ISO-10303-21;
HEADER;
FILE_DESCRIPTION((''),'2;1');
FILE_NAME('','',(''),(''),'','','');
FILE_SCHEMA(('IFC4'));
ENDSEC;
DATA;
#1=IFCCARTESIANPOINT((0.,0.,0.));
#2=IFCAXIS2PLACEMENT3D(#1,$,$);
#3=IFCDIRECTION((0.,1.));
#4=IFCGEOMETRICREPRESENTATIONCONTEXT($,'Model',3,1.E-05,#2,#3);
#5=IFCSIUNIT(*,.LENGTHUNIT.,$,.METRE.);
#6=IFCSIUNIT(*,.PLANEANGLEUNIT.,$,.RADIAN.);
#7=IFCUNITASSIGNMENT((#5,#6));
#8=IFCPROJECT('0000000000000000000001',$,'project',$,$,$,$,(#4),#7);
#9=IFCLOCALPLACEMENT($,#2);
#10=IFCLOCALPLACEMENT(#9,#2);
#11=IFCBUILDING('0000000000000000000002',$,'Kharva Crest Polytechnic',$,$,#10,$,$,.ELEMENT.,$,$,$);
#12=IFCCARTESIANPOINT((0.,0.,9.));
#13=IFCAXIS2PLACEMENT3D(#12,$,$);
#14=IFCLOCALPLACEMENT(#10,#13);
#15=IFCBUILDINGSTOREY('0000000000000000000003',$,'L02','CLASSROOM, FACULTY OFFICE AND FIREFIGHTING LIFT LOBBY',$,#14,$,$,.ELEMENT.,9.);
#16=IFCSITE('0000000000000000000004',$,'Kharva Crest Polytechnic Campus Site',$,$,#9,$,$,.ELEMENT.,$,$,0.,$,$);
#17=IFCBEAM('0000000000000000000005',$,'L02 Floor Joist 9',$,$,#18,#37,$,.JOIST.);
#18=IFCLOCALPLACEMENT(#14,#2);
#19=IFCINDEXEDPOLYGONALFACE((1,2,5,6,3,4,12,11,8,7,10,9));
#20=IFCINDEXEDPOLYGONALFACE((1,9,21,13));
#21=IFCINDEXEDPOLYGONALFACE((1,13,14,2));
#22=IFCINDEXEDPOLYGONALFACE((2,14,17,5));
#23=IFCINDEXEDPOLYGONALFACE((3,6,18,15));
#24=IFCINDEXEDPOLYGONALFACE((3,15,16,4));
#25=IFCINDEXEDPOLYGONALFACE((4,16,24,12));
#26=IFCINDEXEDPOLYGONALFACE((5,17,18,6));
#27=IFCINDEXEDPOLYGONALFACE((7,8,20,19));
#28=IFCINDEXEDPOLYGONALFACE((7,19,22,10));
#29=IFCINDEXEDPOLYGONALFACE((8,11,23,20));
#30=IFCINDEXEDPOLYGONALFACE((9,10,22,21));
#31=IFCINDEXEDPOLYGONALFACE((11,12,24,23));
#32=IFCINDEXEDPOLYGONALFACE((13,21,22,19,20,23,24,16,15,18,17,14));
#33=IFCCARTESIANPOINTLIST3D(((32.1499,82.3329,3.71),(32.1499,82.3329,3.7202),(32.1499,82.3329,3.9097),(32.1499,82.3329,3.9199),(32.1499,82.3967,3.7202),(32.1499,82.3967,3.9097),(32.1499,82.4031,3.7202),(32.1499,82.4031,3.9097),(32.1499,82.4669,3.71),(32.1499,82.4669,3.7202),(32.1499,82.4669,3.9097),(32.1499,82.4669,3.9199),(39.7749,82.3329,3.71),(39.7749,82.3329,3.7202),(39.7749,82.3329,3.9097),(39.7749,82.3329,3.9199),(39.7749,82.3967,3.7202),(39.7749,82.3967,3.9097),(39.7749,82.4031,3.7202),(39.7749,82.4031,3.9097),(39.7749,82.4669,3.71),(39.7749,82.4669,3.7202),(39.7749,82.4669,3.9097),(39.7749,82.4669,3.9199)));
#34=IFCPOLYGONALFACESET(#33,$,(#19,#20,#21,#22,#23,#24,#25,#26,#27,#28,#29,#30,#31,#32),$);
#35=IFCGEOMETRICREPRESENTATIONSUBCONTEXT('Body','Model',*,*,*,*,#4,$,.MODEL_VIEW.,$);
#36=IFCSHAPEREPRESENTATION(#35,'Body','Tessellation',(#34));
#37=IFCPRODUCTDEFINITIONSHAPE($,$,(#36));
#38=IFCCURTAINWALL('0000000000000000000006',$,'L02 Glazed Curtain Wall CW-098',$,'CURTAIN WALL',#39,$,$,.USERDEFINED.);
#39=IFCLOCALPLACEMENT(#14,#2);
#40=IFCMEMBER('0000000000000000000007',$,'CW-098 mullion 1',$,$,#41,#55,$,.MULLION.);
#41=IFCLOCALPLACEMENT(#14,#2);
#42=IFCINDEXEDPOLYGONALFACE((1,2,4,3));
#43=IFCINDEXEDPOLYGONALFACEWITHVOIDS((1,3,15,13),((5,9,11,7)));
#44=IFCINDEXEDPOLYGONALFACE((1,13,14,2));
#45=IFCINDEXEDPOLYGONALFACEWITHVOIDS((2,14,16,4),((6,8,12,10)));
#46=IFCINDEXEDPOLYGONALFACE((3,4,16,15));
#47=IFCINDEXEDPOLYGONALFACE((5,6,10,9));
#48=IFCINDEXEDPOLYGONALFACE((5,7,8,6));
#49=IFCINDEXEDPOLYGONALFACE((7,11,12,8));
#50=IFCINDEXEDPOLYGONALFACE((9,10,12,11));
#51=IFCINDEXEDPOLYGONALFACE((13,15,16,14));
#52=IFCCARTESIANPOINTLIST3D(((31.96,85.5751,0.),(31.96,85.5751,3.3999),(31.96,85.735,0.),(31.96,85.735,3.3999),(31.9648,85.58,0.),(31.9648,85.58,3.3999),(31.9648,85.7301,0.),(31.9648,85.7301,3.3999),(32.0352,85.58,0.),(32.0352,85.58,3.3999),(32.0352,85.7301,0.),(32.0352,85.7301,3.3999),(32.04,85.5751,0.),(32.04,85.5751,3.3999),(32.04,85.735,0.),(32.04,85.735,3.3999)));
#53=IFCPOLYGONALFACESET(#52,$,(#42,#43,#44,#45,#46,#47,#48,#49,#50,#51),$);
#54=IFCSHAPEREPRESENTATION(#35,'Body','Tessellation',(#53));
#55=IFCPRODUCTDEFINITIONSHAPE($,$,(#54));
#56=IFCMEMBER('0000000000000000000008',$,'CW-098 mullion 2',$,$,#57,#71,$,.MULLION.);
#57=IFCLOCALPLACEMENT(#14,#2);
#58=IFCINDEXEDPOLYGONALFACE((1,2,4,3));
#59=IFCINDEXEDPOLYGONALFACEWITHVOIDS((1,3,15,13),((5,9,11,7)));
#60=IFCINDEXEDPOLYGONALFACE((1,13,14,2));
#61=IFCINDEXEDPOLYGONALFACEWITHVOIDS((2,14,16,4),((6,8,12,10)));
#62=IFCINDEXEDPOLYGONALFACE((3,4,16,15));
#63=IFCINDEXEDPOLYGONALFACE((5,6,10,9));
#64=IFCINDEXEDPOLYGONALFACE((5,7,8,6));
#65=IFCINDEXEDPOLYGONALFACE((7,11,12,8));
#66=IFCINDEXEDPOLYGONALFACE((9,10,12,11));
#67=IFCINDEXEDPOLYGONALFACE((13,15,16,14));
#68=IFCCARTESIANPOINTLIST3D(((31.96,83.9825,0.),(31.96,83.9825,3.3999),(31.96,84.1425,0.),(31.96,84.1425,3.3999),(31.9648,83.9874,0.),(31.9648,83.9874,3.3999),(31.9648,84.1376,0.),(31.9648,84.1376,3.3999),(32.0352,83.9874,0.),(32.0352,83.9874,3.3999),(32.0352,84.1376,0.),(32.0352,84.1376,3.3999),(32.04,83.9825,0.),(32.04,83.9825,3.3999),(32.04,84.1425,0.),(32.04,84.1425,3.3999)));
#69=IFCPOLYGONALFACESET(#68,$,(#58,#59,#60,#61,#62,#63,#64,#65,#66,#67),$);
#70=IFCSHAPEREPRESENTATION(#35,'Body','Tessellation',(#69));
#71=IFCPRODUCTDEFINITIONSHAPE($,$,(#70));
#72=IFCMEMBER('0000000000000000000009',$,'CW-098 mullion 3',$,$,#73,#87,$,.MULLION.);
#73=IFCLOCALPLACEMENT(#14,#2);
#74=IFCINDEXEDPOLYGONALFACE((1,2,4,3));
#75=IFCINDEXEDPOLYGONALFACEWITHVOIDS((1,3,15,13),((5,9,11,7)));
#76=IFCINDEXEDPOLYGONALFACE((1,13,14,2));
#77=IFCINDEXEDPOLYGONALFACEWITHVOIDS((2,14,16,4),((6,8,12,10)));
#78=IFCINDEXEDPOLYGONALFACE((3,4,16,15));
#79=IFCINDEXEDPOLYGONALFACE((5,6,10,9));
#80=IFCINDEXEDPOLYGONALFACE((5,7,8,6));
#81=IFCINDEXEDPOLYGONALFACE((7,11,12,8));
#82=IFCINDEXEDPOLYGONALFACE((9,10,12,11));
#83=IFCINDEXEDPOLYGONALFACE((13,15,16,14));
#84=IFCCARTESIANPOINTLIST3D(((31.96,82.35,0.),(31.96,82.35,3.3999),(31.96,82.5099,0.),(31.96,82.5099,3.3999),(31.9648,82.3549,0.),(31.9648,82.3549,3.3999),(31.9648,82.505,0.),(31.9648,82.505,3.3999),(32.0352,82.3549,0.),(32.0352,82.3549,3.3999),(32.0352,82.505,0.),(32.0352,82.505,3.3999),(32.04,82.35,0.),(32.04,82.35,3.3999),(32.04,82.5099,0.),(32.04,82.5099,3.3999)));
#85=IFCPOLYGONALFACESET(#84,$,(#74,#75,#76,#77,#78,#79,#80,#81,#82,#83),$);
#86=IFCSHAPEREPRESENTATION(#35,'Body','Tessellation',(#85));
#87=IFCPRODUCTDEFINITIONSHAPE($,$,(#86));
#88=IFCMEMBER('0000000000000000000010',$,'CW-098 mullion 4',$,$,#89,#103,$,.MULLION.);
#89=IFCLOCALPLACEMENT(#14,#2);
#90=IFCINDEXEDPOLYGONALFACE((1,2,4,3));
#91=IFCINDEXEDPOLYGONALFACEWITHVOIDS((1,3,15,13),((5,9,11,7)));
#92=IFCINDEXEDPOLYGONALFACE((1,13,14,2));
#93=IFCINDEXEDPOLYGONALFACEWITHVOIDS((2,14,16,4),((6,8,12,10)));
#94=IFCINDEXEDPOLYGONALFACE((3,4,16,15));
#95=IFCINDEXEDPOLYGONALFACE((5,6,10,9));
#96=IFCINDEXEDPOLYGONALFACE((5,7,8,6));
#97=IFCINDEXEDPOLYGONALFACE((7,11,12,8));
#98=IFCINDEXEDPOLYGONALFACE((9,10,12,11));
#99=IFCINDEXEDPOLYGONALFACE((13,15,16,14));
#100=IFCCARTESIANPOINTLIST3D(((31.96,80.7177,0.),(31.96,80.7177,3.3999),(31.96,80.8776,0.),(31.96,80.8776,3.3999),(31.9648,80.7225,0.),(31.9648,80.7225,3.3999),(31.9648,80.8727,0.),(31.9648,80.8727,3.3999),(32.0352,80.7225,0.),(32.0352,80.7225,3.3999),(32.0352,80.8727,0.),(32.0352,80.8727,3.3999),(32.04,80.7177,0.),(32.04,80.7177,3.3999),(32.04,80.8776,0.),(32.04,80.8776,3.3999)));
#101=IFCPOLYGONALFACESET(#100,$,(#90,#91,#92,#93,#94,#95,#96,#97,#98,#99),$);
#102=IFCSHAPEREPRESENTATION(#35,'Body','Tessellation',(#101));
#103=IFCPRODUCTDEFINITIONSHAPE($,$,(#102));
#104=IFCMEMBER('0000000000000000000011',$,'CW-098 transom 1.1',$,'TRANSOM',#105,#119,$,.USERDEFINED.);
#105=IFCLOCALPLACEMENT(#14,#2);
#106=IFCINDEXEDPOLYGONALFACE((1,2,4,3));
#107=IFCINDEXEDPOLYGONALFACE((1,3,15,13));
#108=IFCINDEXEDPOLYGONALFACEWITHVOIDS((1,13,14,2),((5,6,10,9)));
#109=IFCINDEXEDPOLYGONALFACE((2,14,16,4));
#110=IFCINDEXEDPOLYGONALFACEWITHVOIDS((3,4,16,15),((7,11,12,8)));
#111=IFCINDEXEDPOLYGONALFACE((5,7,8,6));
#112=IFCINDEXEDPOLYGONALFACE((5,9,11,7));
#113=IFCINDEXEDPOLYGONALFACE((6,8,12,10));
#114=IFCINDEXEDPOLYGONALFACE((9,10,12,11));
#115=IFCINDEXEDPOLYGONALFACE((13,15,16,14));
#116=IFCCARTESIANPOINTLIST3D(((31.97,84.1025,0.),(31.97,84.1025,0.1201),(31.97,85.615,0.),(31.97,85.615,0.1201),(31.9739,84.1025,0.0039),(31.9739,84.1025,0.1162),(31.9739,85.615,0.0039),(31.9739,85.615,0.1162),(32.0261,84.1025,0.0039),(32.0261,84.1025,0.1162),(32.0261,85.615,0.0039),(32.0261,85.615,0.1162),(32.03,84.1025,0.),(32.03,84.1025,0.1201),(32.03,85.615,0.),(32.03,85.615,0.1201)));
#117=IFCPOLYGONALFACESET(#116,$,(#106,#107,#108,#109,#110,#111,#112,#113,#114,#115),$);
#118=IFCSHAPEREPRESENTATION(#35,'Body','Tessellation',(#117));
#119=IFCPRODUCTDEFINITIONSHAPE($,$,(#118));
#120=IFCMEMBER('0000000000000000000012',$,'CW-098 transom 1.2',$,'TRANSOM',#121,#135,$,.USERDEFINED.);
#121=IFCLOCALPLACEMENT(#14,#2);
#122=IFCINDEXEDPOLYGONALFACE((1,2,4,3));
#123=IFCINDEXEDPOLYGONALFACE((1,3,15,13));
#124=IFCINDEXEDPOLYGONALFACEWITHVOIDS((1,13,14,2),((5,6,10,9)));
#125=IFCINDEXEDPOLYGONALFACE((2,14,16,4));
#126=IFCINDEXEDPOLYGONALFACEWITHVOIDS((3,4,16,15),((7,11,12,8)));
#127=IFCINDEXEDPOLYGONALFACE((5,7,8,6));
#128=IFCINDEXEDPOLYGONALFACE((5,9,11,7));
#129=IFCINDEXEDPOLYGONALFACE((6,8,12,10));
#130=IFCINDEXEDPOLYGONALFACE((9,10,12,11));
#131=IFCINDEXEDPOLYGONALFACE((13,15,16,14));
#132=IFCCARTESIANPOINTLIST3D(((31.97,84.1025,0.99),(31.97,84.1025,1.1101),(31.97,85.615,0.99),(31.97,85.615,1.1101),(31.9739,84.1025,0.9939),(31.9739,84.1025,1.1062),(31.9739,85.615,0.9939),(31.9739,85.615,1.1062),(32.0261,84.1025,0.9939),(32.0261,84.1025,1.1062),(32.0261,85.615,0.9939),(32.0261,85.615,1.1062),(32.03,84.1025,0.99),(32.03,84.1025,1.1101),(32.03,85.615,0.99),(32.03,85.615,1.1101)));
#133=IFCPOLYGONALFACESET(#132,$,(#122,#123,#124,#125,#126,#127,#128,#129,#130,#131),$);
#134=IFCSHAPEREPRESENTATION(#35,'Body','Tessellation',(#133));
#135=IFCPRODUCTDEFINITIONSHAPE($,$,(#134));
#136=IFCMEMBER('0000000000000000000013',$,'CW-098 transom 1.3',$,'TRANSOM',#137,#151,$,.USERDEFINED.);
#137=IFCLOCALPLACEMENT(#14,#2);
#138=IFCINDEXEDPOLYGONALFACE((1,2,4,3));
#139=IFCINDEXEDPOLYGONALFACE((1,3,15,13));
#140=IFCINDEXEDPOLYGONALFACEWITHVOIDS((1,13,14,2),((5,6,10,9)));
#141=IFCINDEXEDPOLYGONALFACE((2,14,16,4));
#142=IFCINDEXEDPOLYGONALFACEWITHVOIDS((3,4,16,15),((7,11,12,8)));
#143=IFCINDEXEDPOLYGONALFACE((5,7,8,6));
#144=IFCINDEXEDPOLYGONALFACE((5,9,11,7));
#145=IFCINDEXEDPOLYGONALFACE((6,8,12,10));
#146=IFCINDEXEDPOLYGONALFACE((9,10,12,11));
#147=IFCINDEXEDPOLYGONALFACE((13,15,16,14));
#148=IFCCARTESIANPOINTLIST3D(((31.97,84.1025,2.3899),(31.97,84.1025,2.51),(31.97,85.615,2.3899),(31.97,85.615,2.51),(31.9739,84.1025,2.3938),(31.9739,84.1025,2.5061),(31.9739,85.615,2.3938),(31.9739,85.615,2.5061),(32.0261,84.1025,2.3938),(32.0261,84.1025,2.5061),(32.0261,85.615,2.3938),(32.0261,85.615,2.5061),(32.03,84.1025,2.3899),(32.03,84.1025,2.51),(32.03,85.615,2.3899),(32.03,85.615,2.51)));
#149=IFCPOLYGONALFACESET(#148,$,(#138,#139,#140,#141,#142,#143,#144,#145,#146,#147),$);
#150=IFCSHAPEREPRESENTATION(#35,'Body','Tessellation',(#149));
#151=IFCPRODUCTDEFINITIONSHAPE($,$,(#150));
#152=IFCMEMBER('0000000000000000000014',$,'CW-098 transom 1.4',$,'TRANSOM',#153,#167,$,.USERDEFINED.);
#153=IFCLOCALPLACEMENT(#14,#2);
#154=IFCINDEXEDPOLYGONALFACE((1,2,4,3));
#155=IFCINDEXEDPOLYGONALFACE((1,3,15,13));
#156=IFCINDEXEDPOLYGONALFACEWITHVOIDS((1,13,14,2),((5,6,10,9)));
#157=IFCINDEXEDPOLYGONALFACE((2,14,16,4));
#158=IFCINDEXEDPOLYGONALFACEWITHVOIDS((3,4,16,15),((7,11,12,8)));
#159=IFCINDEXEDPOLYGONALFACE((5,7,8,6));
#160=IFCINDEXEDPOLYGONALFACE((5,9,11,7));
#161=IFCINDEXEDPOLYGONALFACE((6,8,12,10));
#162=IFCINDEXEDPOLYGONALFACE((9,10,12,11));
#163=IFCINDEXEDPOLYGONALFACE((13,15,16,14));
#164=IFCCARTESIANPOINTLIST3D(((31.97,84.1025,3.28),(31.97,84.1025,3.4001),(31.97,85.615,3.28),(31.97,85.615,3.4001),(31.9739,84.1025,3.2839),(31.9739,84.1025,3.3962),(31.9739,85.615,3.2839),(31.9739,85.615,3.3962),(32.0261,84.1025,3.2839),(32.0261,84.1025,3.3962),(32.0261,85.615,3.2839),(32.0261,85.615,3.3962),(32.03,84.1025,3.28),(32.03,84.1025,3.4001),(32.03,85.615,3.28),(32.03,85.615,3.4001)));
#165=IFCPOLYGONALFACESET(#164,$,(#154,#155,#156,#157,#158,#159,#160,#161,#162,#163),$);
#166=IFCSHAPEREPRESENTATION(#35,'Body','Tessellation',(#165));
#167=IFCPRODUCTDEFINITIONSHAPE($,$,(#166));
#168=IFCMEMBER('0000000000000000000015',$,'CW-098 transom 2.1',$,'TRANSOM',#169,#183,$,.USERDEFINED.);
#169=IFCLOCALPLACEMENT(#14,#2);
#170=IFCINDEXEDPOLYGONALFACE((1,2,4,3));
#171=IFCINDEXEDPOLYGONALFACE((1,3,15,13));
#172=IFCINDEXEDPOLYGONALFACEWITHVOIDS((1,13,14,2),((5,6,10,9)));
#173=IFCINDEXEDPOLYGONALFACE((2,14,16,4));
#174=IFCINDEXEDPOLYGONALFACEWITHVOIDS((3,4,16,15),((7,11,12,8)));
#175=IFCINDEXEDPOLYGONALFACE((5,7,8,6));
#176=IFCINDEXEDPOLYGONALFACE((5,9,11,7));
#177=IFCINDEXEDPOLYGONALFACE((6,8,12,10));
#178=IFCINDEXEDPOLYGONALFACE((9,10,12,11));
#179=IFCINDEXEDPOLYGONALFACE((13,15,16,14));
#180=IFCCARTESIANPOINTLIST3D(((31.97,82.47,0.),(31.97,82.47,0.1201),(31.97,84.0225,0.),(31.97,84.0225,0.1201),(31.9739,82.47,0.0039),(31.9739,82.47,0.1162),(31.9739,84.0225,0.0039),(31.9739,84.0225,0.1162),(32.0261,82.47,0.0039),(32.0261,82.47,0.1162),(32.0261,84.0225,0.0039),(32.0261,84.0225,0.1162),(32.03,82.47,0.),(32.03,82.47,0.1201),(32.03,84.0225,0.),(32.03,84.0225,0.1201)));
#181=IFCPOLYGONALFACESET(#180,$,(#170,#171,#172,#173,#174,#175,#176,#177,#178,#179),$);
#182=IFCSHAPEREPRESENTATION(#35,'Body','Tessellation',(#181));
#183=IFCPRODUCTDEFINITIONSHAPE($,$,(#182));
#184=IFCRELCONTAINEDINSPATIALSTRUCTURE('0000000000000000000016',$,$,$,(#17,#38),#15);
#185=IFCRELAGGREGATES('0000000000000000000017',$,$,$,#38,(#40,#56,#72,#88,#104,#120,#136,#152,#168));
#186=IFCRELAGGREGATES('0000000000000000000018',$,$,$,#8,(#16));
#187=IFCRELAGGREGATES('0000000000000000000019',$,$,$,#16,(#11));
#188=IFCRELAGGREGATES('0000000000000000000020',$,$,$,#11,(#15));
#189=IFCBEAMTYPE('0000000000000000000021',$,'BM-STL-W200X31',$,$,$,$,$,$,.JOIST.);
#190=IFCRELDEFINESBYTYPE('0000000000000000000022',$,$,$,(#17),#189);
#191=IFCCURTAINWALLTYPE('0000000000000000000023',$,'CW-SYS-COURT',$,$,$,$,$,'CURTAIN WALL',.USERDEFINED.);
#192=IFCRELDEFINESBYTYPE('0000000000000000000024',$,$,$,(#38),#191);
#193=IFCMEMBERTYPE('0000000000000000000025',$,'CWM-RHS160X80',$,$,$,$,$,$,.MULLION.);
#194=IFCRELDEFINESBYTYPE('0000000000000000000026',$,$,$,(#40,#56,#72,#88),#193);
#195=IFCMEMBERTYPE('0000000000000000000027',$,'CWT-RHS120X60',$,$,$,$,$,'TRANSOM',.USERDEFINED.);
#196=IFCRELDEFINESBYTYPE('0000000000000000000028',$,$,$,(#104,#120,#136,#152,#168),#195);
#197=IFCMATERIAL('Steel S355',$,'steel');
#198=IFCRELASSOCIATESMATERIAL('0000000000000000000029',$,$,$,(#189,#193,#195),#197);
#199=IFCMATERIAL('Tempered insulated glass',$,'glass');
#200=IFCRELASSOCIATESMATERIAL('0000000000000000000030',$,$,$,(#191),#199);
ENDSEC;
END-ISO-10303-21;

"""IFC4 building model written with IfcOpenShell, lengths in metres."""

from ifc_helpers import new_model, si_unit, direction, frame, origin, origin_2d, place, context, subcontext, project, spatial, hollow_rectangle, i_section, extrude, material, material_profile, profile_set, type_object, element, aggregate, save


model = new_model("IFC4")

# Units and contexts
model_context = context("Model", 3, precision=1e-05, world=origin(), true_north=direction((0.0, 1.0)))
body_context = subcontext(model_context, "Body", "Model", "MODEL_VIEW")
ifc_project = project(units=[si_unit("LENGTHUNIT", "METRE"), si_unit("PLANEANGLEUNIT", "RADIAN")], contexts=[model_context])

# Site, building, storey
site_placement = place(None, origin())
site = spatial("IfcSite", under=ifc_project, at=site_placement, Name="Kharva Crest Polytechnic Campus Site", CompositionType="ELEMENT", RefElevation=0.0)
building_placement = place(site_placement, origin())
building = spatial("IfcBuilding", under=site, at=building_placement, Name="Kharva Crest Polytechnic", CompositionType="ELEMENT")
storey_placement = place(building_placement, frame((0.0, 0.0, 9.0)))
storey = spatial("IfcBuildingStorey", under=building, at=storey_placement, Name="L02", Description="CLASSROOM, FACULTY OFFICE AND FIREFIGHTING LIFT LOBBY", CompositionType="ELEMENT", Elevation=9.0)

# Beam
ifc_material_1 = material(Name="Steel S355", Category="steel")
ifc_material_profile_1 = material_profile(ifc_material_1, i_section(OverallWidth=0.134, OverallDepth=0.21, WebThickness=0.0063, FlangeThickness=0.0103, at=origin_2d()), Name="W200X31.3")
ifc_profile_set_1 = profile_set([ifc_material_profile_1], Name="Steel S355")
beam_type = type_object("IfcBeamType", Name="BM-STL-W200X31", PredefinedType="JOIST", material=ifc_profile_set_1)
beam_placement = place(storey_placement, frame((32.1499, 82.3999, 3.8149), z_axis=(1.0, 0.0, 0.0), x_axis=(0.0, 1.0, 0.0)))
element("IfcBeam", 1, at=beam_placement, inside=storey, type_object=beam_type, Name="L02 Floor Joist 9", PredefinedType="JOIST", context=body_context, shape_type="SweptSolid", body=[
    extrude(i_section(OverallWidth=0.134, OverallDepth=0.21, WebThickness=0.0063, FlangeThickness=0.0103, at=origin_2d()), origin(), (0.0, 0.0, 1.0), 7.625),
])

# Curtain wall, members
ifc_material_2 = material(Name="Tempered insulated glass", Category="glass")
curtain_wall_type = type_object("IfcCurtainWallType", Name="CW-SYS-COURT", ElementType="CURTAIN WALL", PredefinedType="USERDEFINED", material=ifc_material_2)
curtain_wall_placement = place(storey_placement, origin())
curtain_wall = element("IfcCurtainWall", 2, at=curtain_wall_placement, inside=storey, type_object=curtain_wall_type, Name="L02 Glazed Curtain Wall CW-098", ObjectType="CURTAIN WALL", PredefinedType="USERDEFINED")
ifc_material_profile_2 = material_profile(ifc_material_1, hollow_rectangle(XDim=0.0801, YDim=0.1599, WallThickness=0.0049, at=origin_2d()), Name="RHS 160X80X5.0")
ifc_profile_set_2 = profile_set([ifc_material_profile_2], Name="Steel S355")
member_type_1 = type_object("IfcMemberType", Name="CWM-RHS160X80", PredefinedType="MULLION", material=ifc_profile_set_2)
member_1_placement = place(storey_placement, frame((32.0, 85.655, 0.0), z_axis=(0.0, 0.0, 1.0), x_axis=(1.0, 0.0, 0.0)))
member_1 = element("IfcMember", 3, at=member_1_placement, type_object=member_type_1, Name="CW-098 mullion 1", PredefinedType="MULLION", context=body_context, shape_type="SweptSolid", body=[
    extrude(hollow_rectangle(XDim=0.0801, YDim=0.1599, WallThickness=0.0049, at=origin_2d()), origin(), (0.0, 0.0, 1.0), 3.3999),
])
member_2_placement = place(storey_placement, frame((32.0, 84.0625, 0.0), z_axis=(0.0, 0.0, 1.0), x_axis=(1.0, 0.0, 0.0)))
member_2 = element("IfcMember", 4, at=member_2_placement, type_object=member_type_1, Name="CW-098 mullion 2", PredefinedType="MULLION", context=body_context, shape_type="SweptSolid", body=[
    extrude(hollow_rectangle(XDim=0.0801, YDim=0.1599, WallThickness=0.0049, at=origin_2d()), origin(), (0.0, 0.0, 1.0), 3.3999),
])
member_3_placement = place(storey_placement, frame((32.0, 82.4299, 0.0), z_axis=(0.0, 0.0, 1.0), x_axis=(1.0, 0.0, 0.0)))
member_3 = element("IfcMember", 5, at=member_3_placement, type_object=member_type_1, Name="CW-098 mullion 3", PredefinedType="MULLION", context=body_context, shape_type="SweptSolid", body=[
    extrude(hollow_rectangle(XDim=0.0801, YDim=0.1599, WallThickness=0.0049, at=origin_2d()), origin(), (0.0, 0.0, 1.0), 3.3999),
])
member_4_placement = place(storey_placement, frame((32.0, 80.7976, 0.0), z_axis=(0.0, 0.0, 1.0), x_axis=(1.0, 0.0, 0.0)))
member_4 = element("IfcMember", 6, at=member_4_placement, type_object=member_type_1, Name="CW-098 mullion 4", PredefinedType="MULLION", context=body_context, shape_type="SweptSolid", body=[
    extrude(hollow_rectangle(XDim=0.0801, YDim=0.1599, WallThickness=0.0049, at=origin_2d()), origin(), (0.0, 0.0, 1.0), 3.3999),
])
ifc_material_profile_3 = material_profile(ifc_material_1, hollow_rectangle(XDim=0.0601, YDim=0.1201, WallThickness=0.0039, at=origin_2d()), Name="RHS 120X60X4.0")
ifc_profile_set_3 = profile_set([ifc_material_profile_3], Name="Steel S355")
member_type_2 = type_object("IfcMemberType", Name="CWT-RHS120X60", ElementType="TRANSOM", PredefinedType="USERDEFINED", material=ifc_profile_set_3)
member_5_placement = place(storey_placement, frame((32.0, 85.615, 0.0601), z_axis=(0.0, -1.0, 0.0), x_axis=(1.0, 0.0, 0.0)))
member_5 = element("IfcMember", 7, at=member_5_placement, type_object=member_type_2, Name="CW-098 transom 1.1", ObjectType="TRANSOM", PredefinedType="USERDEFINED", context=body_context, shape_type="SweptSolid", body=[
    extrude(hollow_rectangle(XDim=0.0601, YDim=0.1201, WallThickness=0.0039, at=origin_2d()), origin(), (0.0, 0.0, 1.0), 1.5125),
])
member_6_placement = place(storey_placement, frame((32.0, 85.615, 1.05), z_axis=(0.0, -1.0, 0.0), x_axis=(1.0, 0.0, 0.0)))
member_6 = element("IfcMember", 8, at=member_6_placement, type_object=member_type_2, Name="CW-098 transom 1.2", ObjectType="TRANSOM", PredefinedType="USERDEFINED", context=body_context, shape_type="SweptSolid", body=[
    extrude(hollow_rectangle(XDim=0.0601, YDim=0.1201, WallThickness=0.0039, at=origin_2d()), origin(), (0.0, 0.0, 1.0), 1.5125),
])
member_7_placement = place(storey_placement, frame((32.0, 85.615, 2.45), z_axis=(0.0, -1.0, 0.0), x_axis=(1.0, 0.0, 0.0)))
member_7 = element("IfcMember", 9, at=member_7_placement, type_object=member_type_2, Name="CW-098 transom 1.3", ObjectType="TRANSOM", PredefinedType="USERDEFINED", context=body_context, shape_type="SweptSolid", body=[
    extrude(hollow_rectangle(XDim=0.0601, YDim=0.1201, WallThickness=0.0039, at=origin_2d()), origin(), (0.0, 0.0, 1.0), 1.5125),
])
member_8_placement = place(storey_placement, frame((32.0, 85.615, 3.3401), z_axis=(0.0, -1.0, 0.0), x_axis=(1.0, 0.0, 0.0)))
member_8 = element("IfcMember", 10, at=member_8_placement, type_object=member_type_2, Name="CW-098 transom 1.4", ObjectType="TRANSOM", PredefinedType="USERDEFINED", context=body_context, shape_type="SweptSolid", body=[
    extrude(hollow_rectangle(XDim=0.0601, YDim=0.1201, WallThickness=0.0039, at=origin_2d()), origin(), (0.0, 0.0, 1.0), 1.5125),
])
member_9_placement = place(storey_placement, frame((32.0, 84.0225, 0.0601), z_axis=(0.0, -1.0, 0.0), x_axis=(1.0, 0.0, 0.0)))
member_9 = element("IfcMember", 11, at=member_9_placement, type_object=member_type_2, Name="CW-098 transom 2.1", ObjectType="TRANSOM", PredefinedType="USERDEFINED", context=body_context, shape_type="SweptSolid", body=[
    extrude(hollow_rectangle(XDim=0.0601, YDim=0.1201, WallThickness=0.0039, at=origin_2d()), origin(), (0.0, 0.0, 1.0), 1.5525),
])

aggregate(curtain_wall, [member_1, member_2, member_3, member_4, member_5, member_6, member_7, member_8, member_9])

save(model, "model.ifc")
